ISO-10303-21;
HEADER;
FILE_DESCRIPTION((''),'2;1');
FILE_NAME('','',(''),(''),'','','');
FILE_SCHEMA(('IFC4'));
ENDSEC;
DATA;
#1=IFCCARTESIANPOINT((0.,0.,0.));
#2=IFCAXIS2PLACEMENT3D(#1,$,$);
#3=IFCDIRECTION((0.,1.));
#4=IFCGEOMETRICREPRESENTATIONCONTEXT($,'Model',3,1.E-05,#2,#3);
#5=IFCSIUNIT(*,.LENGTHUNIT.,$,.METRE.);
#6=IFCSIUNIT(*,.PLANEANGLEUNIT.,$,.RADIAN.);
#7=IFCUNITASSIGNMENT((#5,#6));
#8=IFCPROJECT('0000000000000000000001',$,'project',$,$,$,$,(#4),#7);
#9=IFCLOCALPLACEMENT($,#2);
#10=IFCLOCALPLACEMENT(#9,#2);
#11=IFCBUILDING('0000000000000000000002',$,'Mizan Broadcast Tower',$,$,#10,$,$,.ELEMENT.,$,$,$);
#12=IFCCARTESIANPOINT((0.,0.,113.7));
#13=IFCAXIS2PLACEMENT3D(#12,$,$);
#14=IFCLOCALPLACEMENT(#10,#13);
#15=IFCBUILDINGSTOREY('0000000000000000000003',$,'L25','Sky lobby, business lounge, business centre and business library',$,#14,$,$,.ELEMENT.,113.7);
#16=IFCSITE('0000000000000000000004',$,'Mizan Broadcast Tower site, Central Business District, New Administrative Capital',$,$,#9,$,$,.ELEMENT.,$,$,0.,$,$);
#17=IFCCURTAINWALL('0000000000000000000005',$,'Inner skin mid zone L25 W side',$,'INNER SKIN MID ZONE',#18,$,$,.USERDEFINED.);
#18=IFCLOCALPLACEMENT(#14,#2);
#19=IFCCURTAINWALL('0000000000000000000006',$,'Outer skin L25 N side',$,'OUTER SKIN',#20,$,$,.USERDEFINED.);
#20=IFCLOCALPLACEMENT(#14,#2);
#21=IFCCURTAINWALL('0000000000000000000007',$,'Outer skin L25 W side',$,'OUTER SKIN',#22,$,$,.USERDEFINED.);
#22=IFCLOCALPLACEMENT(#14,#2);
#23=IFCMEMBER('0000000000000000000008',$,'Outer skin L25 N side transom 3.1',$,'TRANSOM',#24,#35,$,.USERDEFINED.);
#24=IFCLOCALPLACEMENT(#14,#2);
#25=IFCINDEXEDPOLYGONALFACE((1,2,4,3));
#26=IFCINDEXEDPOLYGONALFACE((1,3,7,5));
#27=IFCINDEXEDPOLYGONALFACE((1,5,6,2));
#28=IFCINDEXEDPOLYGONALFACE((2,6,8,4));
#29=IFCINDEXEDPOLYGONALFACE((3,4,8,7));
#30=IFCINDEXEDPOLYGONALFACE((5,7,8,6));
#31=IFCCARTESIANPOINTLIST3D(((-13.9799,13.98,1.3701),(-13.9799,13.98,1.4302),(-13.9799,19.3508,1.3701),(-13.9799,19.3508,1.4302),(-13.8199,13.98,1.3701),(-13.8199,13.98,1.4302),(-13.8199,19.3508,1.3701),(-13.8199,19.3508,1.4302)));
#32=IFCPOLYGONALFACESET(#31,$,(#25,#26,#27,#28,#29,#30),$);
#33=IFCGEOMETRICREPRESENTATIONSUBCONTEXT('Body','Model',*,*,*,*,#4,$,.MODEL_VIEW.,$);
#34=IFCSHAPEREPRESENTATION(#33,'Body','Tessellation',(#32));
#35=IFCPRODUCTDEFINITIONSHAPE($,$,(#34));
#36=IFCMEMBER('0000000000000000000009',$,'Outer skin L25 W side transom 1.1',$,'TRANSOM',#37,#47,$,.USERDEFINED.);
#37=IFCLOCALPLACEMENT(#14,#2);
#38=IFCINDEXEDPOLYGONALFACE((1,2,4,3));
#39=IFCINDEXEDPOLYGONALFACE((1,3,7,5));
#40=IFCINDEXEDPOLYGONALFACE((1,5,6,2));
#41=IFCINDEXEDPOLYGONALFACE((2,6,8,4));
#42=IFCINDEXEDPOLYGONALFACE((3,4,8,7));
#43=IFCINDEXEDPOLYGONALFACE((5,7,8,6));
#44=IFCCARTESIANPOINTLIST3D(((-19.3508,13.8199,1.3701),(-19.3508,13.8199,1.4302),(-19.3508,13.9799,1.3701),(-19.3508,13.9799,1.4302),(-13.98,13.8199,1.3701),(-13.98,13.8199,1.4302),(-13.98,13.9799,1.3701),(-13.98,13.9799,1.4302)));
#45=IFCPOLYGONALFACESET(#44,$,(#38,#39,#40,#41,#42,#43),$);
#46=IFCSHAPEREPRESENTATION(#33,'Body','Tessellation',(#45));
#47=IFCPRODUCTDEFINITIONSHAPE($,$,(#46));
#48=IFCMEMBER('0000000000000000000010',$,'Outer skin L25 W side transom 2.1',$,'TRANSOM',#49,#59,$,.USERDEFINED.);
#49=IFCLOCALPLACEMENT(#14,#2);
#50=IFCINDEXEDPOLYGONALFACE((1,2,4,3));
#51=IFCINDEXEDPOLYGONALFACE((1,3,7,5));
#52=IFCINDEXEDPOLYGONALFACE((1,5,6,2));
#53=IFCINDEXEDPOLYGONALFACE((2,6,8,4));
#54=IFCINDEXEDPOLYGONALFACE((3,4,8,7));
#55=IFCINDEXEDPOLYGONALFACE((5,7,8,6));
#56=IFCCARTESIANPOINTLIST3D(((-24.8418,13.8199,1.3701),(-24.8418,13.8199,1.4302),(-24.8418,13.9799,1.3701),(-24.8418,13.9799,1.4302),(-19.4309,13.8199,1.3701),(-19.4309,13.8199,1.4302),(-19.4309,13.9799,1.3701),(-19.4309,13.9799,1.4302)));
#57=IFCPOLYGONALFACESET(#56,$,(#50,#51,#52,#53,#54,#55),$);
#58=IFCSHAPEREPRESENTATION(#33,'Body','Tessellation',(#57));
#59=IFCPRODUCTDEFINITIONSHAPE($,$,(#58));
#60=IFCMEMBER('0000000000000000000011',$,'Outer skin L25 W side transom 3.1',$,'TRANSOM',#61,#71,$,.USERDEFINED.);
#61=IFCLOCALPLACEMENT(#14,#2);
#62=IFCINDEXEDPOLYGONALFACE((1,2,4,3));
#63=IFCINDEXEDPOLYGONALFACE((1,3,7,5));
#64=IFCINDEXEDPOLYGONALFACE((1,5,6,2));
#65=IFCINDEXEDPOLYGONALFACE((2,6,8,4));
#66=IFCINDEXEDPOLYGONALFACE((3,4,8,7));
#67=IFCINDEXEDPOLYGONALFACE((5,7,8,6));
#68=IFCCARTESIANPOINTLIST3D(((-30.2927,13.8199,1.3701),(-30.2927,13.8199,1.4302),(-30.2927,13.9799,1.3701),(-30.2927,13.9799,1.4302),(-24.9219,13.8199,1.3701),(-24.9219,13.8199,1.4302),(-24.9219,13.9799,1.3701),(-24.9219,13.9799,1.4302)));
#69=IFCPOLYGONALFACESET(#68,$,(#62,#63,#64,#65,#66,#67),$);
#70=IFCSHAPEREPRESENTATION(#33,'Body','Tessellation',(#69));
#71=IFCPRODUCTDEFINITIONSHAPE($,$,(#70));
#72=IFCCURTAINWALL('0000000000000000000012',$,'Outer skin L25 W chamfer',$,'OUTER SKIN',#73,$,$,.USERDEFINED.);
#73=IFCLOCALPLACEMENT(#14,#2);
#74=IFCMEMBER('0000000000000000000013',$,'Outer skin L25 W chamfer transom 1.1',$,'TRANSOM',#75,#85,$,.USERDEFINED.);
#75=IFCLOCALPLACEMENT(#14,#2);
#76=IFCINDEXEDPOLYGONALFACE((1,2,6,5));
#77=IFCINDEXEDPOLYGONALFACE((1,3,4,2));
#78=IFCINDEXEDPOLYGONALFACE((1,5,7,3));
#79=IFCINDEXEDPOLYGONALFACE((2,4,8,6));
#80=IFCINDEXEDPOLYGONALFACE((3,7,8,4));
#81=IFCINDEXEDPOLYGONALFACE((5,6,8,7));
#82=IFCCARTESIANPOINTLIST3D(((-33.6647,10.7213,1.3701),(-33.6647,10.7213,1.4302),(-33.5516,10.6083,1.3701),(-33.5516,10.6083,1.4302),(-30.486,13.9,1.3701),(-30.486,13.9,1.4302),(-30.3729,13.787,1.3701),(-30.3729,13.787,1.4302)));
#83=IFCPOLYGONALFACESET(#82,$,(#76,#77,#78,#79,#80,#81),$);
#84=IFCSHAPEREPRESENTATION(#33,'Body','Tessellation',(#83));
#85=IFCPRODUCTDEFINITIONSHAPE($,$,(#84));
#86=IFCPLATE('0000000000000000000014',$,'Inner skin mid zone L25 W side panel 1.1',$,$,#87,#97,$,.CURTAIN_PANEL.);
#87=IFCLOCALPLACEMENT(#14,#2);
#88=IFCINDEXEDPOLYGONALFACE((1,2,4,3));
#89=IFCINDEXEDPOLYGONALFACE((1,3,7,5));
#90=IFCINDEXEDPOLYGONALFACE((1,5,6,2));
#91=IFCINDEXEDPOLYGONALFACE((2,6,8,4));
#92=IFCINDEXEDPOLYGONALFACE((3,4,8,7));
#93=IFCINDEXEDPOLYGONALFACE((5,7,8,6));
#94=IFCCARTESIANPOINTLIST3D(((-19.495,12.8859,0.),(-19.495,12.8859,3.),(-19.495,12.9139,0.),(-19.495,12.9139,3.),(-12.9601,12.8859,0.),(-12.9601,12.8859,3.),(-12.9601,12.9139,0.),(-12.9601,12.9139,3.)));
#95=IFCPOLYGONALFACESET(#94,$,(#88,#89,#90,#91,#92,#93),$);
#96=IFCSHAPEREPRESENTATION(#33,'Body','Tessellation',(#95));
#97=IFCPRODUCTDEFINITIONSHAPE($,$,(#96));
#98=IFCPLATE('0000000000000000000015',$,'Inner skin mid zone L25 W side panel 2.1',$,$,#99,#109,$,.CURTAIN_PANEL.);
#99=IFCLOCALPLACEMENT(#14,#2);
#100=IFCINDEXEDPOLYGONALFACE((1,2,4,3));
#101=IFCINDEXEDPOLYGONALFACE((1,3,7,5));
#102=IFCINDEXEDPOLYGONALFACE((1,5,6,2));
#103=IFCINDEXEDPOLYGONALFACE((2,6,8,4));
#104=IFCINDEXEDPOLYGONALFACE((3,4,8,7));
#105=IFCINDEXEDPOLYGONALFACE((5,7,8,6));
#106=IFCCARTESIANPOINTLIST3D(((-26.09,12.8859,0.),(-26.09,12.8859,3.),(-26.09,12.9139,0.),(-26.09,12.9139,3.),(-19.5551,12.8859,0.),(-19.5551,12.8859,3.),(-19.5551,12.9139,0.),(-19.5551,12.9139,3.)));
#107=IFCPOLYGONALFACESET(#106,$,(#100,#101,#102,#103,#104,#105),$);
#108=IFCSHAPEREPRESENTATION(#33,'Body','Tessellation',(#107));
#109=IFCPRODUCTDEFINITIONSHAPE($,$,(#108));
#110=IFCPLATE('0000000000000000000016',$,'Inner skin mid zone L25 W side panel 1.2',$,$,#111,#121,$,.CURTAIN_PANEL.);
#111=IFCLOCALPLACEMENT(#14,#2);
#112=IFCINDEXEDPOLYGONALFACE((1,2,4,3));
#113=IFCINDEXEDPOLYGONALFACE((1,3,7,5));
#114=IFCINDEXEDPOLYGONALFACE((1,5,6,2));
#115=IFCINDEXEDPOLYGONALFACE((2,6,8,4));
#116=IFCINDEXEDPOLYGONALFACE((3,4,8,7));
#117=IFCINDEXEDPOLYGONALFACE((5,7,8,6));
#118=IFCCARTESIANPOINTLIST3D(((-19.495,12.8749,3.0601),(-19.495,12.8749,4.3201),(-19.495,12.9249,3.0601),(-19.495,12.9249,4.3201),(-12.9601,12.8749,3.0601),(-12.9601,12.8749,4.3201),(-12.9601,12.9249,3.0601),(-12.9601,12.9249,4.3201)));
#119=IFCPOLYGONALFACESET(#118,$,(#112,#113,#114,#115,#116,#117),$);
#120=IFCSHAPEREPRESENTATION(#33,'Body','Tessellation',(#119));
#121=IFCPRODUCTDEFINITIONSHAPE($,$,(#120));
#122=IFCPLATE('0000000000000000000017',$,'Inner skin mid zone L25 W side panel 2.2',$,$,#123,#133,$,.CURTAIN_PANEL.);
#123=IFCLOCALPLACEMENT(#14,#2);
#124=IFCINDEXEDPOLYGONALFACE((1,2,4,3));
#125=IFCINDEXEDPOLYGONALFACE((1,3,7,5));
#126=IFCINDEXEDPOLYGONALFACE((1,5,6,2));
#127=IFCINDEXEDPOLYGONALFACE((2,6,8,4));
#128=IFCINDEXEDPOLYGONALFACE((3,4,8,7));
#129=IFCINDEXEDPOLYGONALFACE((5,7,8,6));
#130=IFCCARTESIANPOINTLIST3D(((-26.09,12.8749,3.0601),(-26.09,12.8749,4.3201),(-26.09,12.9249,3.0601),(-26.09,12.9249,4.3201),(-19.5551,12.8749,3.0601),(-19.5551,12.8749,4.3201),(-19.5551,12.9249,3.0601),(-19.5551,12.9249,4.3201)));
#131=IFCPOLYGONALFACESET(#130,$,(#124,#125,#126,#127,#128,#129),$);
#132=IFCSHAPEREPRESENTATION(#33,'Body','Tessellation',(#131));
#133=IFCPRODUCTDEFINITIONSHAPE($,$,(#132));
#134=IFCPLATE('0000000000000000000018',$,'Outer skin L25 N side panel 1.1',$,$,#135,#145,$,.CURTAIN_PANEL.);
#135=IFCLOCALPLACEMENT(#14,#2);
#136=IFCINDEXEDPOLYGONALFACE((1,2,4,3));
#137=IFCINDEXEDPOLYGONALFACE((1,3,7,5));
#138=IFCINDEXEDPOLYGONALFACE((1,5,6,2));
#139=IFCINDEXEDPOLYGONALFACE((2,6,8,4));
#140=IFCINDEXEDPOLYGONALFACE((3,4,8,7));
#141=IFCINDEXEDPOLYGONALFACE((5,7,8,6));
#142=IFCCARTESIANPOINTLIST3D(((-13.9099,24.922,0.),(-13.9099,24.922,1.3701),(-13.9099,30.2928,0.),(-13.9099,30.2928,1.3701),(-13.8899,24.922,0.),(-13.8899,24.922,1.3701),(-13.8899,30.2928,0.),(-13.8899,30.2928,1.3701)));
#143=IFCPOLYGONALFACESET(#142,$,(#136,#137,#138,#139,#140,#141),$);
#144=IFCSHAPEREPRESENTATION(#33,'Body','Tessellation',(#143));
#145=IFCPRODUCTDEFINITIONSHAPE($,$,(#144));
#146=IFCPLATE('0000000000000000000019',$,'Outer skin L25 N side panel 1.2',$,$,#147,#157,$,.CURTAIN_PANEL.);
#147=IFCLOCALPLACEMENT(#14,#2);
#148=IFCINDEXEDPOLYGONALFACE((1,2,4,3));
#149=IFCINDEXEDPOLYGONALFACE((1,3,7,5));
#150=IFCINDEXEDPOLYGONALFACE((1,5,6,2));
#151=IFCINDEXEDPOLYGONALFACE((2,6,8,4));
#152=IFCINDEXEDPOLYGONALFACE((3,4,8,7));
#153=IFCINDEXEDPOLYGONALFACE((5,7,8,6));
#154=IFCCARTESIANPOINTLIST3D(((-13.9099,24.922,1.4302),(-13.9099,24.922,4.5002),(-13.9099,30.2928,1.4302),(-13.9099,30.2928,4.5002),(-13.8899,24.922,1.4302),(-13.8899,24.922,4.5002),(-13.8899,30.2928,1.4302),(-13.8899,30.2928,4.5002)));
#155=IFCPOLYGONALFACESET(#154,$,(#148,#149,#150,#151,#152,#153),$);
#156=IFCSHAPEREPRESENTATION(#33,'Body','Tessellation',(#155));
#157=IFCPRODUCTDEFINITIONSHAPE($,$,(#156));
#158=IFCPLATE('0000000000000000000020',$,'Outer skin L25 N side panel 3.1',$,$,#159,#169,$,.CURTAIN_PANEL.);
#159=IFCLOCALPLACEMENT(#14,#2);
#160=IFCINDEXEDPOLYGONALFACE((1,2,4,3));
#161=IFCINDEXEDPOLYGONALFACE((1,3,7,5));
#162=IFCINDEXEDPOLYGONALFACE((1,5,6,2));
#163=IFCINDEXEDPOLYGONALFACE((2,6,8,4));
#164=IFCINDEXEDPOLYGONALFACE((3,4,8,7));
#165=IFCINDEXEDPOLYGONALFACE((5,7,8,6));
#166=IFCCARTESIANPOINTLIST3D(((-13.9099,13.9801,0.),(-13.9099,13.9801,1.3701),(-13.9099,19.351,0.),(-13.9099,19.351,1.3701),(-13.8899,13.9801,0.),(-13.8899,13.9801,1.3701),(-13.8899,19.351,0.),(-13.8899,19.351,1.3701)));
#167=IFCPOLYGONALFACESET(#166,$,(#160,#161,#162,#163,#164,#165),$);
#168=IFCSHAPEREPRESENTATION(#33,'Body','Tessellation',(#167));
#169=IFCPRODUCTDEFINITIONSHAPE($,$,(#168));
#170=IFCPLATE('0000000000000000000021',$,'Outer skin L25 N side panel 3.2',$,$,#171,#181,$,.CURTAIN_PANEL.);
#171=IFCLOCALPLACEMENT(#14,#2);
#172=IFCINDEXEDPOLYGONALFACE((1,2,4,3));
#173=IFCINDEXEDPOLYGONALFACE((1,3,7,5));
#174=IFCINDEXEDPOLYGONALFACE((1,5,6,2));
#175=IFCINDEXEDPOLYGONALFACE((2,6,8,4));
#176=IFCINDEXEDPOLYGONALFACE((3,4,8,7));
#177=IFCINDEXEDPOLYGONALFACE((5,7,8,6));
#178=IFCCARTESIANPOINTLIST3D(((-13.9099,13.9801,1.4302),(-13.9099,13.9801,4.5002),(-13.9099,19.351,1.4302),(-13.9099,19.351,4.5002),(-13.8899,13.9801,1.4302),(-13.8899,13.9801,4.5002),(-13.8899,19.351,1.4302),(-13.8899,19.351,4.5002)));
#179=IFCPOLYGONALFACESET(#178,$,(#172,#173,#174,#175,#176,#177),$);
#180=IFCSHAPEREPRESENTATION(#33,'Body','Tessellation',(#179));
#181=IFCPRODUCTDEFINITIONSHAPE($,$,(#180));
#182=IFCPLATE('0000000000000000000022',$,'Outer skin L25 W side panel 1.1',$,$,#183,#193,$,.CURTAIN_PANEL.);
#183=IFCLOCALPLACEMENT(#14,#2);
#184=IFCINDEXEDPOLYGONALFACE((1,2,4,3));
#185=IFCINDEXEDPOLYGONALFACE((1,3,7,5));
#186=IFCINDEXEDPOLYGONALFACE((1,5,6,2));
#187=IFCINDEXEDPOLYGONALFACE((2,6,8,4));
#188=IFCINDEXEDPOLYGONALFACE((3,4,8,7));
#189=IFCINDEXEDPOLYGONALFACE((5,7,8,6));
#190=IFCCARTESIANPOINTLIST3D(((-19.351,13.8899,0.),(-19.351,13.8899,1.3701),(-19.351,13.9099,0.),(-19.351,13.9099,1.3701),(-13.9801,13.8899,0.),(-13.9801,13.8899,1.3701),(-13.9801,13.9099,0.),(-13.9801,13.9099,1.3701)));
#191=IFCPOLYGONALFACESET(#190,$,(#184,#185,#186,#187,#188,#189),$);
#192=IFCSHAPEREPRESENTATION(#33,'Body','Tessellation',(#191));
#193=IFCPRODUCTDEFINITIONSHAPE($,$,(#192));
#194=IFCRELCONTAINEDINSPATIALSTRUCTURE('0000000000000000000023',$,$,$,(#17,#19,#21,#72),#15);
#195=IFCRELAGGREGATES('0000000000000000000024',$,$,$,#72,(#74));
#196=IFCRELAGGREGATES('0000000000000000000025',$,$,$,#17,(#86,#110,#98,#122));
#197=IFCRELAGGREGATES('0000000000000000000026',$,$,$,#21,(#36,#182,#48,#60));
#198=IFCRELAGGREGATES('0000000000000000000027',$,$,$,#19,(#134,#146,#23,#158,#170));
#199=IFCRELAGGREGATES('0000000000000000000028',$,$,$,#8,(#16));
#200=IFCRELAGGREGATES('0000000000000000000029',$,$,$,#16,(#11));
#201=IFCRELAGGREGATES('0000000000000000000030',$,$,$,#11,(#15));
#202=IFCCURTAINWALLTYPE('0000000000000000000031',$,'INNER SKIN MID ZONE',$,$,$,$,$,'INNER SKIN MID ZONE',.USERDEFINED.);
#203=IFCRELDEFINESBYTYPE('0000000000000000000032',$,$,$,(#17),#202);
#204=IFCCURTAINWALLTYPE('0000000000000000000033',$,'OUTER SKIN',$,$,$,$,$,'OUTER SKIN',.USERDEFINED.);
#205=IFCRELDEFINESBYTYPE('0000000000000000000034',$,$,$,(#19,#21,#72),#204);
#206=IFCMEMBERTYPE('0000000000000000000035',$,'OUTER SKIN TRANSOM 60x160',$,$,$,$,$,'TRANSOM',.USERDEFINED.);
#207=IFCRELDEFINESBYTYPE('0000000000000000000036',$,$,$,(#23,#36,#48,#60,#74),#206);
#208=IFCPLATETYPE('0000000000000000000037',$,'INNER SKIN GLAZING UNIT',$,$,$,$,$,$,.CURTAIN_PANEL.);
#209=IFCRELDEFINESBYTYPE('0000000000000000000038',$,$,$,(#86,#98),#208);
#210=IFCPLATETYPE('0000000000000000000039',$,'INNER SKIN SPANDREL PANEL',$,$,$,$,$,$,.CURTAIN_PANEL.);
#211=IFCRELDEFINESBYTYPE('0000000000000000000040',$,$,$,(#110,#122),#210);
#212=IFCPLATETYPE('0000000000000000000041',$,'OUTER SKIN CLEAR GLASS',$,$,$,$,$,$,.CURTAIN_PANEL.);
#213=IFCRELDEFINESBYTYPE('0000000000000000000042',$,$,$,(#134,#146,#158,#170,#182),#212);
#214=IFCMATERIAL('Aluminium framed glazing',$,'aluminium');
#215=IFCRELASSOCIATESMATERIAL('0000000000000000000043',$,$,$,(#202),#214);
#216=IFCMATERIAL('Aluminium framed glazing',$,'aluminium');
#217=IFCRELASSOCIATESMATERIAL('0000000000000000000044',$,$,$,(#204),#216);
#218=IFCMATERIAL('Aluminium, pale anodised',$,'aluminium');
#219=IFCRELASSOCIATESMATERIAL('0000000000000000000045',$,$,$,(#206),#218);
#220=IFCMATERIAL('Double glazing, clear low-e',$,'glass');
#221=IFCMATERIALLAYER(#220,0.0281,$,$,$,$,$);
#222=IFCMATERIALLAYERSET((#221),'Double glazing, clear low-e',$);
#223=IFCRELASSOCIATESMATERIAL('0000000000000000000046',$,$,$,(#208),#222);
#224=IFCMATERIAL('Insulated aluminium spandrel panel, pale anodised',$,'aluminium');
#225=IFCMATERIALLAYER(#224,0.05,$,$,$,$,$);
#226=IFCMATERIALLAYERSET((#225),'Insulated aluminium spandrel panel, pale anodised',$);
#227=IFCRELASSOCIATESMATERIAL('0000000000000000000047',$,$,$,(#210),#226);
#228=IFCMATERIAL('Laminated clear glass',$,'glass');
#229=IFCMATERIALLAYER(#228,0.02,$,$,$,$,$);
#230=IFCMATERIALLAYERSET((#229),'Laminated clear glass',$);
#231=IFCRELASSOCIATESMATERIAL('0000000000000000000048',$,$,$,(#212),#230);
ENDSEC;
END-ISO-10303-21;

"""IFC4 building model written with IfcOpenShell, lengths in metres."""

from ifc_helpers import new_model, si_unit, direction, frame, origin, origin_2d, place, context, subcontext, project, spatial, rectangle, extrude, material, layer, layer_set, material_profile, profile_set, type_object, element, aggregate, save


model = new_model("IFC4")

# Units and contexts
model_context = context("Model", 3, precision=1e-05, world=origin(), true_north=direction((0.0, 1.0)))
body_context = subcontext(model_context, "Body", "Model", "MODEL_VIEW")
ifc_project = project(units=[si_unit("LENGTHUNIT", "METRE"), si_unit("PLANEANGLEUNIT", "RADIAN")], contexts=[model_context])

# Site, building, storey
site_placement = place(None, origin())
site = spatial("IfcSite", under=ifc_project, at=site_placement, Name="Mizan Broadcast Tower site, Central Business District, New Administrative Capital", CompositionType="ELEMENT", RefElevation=0.0)
building_placement = place(site_placement, origin())
building = spatial("IfcBuilding", under=site, at=building_placement, Name="Mizan Broadcast Tower", CompositionType="ELEMENT")
storey_placement = place(building_placement, frame((0.0, 0.0, 113.7)))
storey = spatial("IfcBuildingStorey", under=building, at=storey_placement, Name="L25", Description="Sky lobby, business lounge, business centre and business library", CompositionType="ELEMENT", Elevation=113.7)

# Curtain wall
ifc_material_1 = material(Name="Aluminium framed glazing", Category="aluminium")
curtain_wall_type_1 = type_object("IfcCurtainWallType", Name="INNER SKIN MID ZONE", ElementType="INNER SKIN MID ZONE", PredefinedType="USERDEFINED", material=ifc_material_1)
curtain_wall_1_placement = place(storey_placement, origin())
curtain_wall_1 = element("IfcCurtainWall", 1, at=curtain_wall_1_placement, inside=storey, type_object=curtain_wall_type_1, Name="Inner skin mid zone L25 W side", ObjectType="INNER SKIN MID ZONE", PredefinedType="USERDEFINED")

# Shared definitions
ifc_material_2 = material(Name="Aluminium framed glazing", Category="aluminium")
curtain_wall_type_2 = type_object("IfcCurtainWallType", Name="OUTER SKIN", ElementType="OUTER SKIN", PredefinedType="USERDEFINED", material=ifc_material_2)

# Curtain walls
curtain_wall_2_placement = place(storey_placement, origin())
curtain_wall_2 = element("IfcCurtainWall", 2, at=curtain_wall_2_placement, inside=storey, type_object=curtain_wall_type_2, Name="Outer skin L25 N side", ObjectType="OUTER SKIN", PredefinedType="USERDEFINED")
curtain_wall_3_placement = place(storey_placement, origin())
curtain_wall_3 = element("IfcCurtainWall", 3, at=curtain_wall_3_placement, inside=storey, type_object=curtain_wall_type_2, Name="Outer skin L25 W side", ObjectType="OUTER SKIN", PredefinedType="USERDEFINED")

# Members
ifc_material_3 = material(Name="Aluminium, pale anodised", Category="aluminium")
ifc_material_profile_1 = material_profile(ifc_material_3, rectangle(XDim=0.1599, YDim=0.0601, at=origin_2d()), Name="TRANSOM 160x60")
ifc_profile_set_1 = profile_set([ifc_material_profile_1], Name="Aluminium, pale anodised")
member_type_1 = type_object("IfcMemberType", Name="OUTER SKIN TRANSOM 60x160", ElementType="TRANSOM", PredefinedType="USERDEFINED", material=ifc_profile_set_1)
member_1_placement = place(storey_placement, frame((-13.8999, 19.3508, 1.4001), z_axis=(0.0, -1.0, 0.0), x_axis=(1.0, 0.0, 0.0)))
member_1 = element("IfcMember", 4, at=member_1_placement, type_object=member_type_1, Name="Outer skin L25 N side transom 3.1", ObjectType="TRANSOM", PredefinedType="USERDEFINED", context=body_context, shape_type="SweptSolid", body=[
    extrude(rectangle(XDim=0.1599, YDim=0.0601, at=origin_2d()), origin(), (0.0, 0.0, 1.0), 5.3708),
])
member_2_placement = place(storey_placement, frame((-13.98, 13.8999, 1.4001), z_axis=(-1.0, 0.0, 0.0), x_axis=(0.0, -1.0, 0.0)))
member_2 = element("IfcMember", 5, at=member_2_placement, type_object=member_type_1, Name="Outer skin L25 W side transom 1.1", ObjectType="TRANSOM", PredefinedType="USERDEFINED", context=body_context, shape_type="SweptSolid", body=[
    extrude(rectangle(XDim=0.1599, YDim=0.0601, at=origin_2d()), origin(), (0.0, 0.0, 1.0), 5.3708),
])
member_3_placement = place(storey_placement, frame((-19.4309, 13.8999, 1.4001), z_axis=(-1.0, 0.0, 0.0), x_axis=(0.0, -1.0, 0.0)))
member_3 = element("IfcMember", 6, at=member_3_placement, type_object=member_type_1, Name="Outer skin L25 W side transom 2.1", ObjectType="TRANSOM", PredefinedType="USERDEFINED", context=body_context, shape_type="SweptSolid", body=[
    extrude(rectangle(XDim=0.1599, YDim=0.0601, at=origin_2d()), origin(), (0.0, 0.0, 1.0), 5.4109),
])
member_4_placement = place(storey_placement, frame((-24.9219, 13.8999, 1.4001), z_axis=(-1.0, 0.0, 0.0), x_axis=(0.0, -1.0, 0.0)))
member_4 = element("IfcMember", 7, at=member_4_placement, type_object=member_type_1, Name="Outer skin L25 W side transom 3.1", ObjectType="TRANSOM", PredefinedType="USERDEFINED", context=body_context, shape_type="SweptSolid", body=[
    extrude(rectangle(XDim=0.1599, YDim=0.0601, at=origin_2d()), origin(), (0.0, 0.0, 1.0), 5.3708),
])

# Curtain wall, member
curtain_wall_4_placement = place(storey_placement, origin())
curtain_wall_4 = element("IfcCurtainWall", 8, at=curtain_wall_4_placement, inside=storey, type_object=curtain_wall_type_2, Name="Outer skin L25 W chamfer", ObjectType="OUTER SKIN", PredefinedType="USERDEFINED")
member_5_placement = place(storey_placement, frame((-30.4294, 13.8435, 1.4001), z_axis=(-0.707107, -0.707107, 0.0), x_axis=(0.707107, -0.707107, 0.0)))
member_5 = element("IfcMember", 9, at=member_5_placement, type_object=member_type_1, Name="Outer skin L25 W chamfer transom 1.1", ObjectType="TRANSOM", PredefinedType="USERDEFINED", context=body_context, shape_type="SweptSolid", body=[
    extrude(rectangle(XDim=0.1599, YDim=0.0601, at=origin_2d()), origin(), (0.0, 0.0, 1.0), 4.4954),
])
aggregate(curtain_wall_4, [member_5])

# Plates
ifc_material_4 = material(Name="Double glazing, clear low-e", Category="glass")
ifc_layer_1 = layer(ifc_material_4, 0.0281)
ifc_layer_set_1 = layer_set([ifc_layer_1], Name="Double glazing, clear low-e")
plate_type_1 = type_object("IfcPlateType", Name="INNER SKIN GLAZING UNIT", PredefinedType="CURTAIN_PANEL", material=ifc_layer_set_1)
plate_1_placement = place(storey_placement, frame((-16.2275, 12.8999, 0.0), z_axis=(0.0, 0.0, 1.0), x_axis=(-1.0, 0.0, 0.0)))
plate_1 = element("IfcPlate", 10, at=plate_1_placement, type_object=plate_type_1, Name="Inner skin mid zone L25 W side panel 1.1", PredefinedType="CURTAIN_PANEL", context=body_context, shape_type="SweptSolid", body=[
    extrude(rectangle(XDim=6.5349, YDim=0.0281, at=origin_2d()), origin(), (0.0, 0.0, 1.0), 3.0),
])
plate_2_placement = place(storey_placement, frame((-22.8225, 12.8999, 0.0), z_axis=(0.0, 0.0, 1.0), x_axis=(-1.0, 0.0, 0.0)))
plate_2 = element("IfcPlate", 11, at=plate_2_placement, type_object=plate_type_1, Name="Inner skin mid zone L25 W side panel 2.1", PredefinedType="CURTAIN_PANEL", context=body_context, shape_type="SweptSolid", body=[
    extrude(rectangle(XDim=6.5349, YDim=0.0281, at=origin_2d()), origin(), (0.0, 0.0, 1.0), 3.0),
])
ifc_material_5 = material(Name="Insulated aluminium spandrel panel, pale anodised", Category="aluminium")
ifc_layer_2 = layer(ifc_material_5, 0.05)
ifc_layer_set_2 = layer_set([ifc_layer_2], Name="Insulated aluminium spandrel panel, pale anodised")
plate_type_2 = type_object("IfcPlateType", Name="INNER SKIN SPANDREL PANEL", PredefinedType="CURTAIN_PANEL", material=ifc_layer_set_2)
plate_3_placement = place(storey_placement, frame((-16.2275, 12.8999, 3.0601), z_axis=(0.0, 0.0, 1.0), x_axis=(-1.0, 0.0, 0.0)))
plate_3 = element("IfcPlate", 12, at=plate_3_placement, type_object=plate_type_2, Name="Inner skin mid zone L25 W side panel 1.2", PredefinedType="CURTAIN_PANEL", context=body_context, shape_type="SweptSolid", body=[
    extrude(rectangle(XDim=6.5349, YDim=0.05, at=origin_2d()), origin(), (0.0, 0.0, 1.0), 1.26),
])
plate_4_placement = place(storey_placement, frame((-22.8225, 12.8999, 3.0601), z_axis=(0.0, 0.0, 1.0), x_axis=(-1.0, 0.0, 0.0)))
plate_4 = element("IfcPlate", 13, at=plate_4_placement, type_object=plate_type_2, Name="Inner skin mid zone L25 W side panel 2.2", PredefinedType="CURTAIN_PANEL", context=body_context, shape_type="SweptSolid", body=[
    extrude(rectangle(XDim=6.5349, YDim=0.05, at=origin_2d()), origin(), (0.0, 0.0, 1.0), 1.26),
])
aggregate(curtain_wall_1, [plate_1, plate_3, plate_2, plate_4])
ifc_material_6 = material(Name="Laminated clear glass", Category="glass")
ifc_layer_3 = layer(ifc_material_6, 0.02)
ifc_layer_set_3 = layer_set([ifc_layer_3], Name="Laminated clear glass")
plate_type_3 = type_object("IfcPlateType", Name="OUTER SKIN CLEAR GLASS", PredefinedType="CURTAIN_PANEL", material=ifc_layer_set_3)
plate_5_placement = place(storey_placement, frame((-13.8999, 27.6074, 0.0), z_axis=(0.0, 0.0, 1.0), x_axis=(0.0, -1.0, 0.0)))
plate_5 = element("IfcPlate", 14, at=plate_5_placement, type_object=plate_type_3, Name="Outer skin L25 N side panel 1.1", PredefinedType="CURTAIN_PANEL", context=body_context, shape_type="SweptSolid", body=[
    extrude(rectangle(XDim=5.3708, YDim=0.02, at=origin_2d()), origin(), (0.0, 0.0, 1.0), 1.3701),
])
plate_6_placement = place(storey_placement, frame((-13.8999, 27.6074, 1.4302), z_axis=(0.0, 0.0, 1.0), x_axis=(0.0, -1.0, 0.0)))
plate_6 = element("IfcPlate", 15, at=plate_6_placement, type_object=plate_type_3, Name="Outer skin L25 N side panel 1.2", PredefinedType="CURTAIN_PANEL", context=body_context, shape_type="SweptSolid", body=[
    extrude(rectangle(XDim=5.3708, YDim=0.02, at=origin_2d()), origin(), (0.0, 0.0, 1.0), 3.0701),
])
plate_7_placement = place(storey_placement, frame((-13.8999, 16.6655, 0.0), z_axis=(0.0, 0.0, 1.0), x_axis=(0.0, -1.0, 0.0)))
plate_7 = element("IfcPlate", 16, at=plate_7_placement, type_object=plate_type_3, Name="Outer skin L25 N side panel 3.1", PredefinedType="CURTAIN_PANEL", context=body_context, shape_type="SweptSolid", body=[
    extrude(rectangle(XDim=5.3708, YDim=0.02, at=origin_2d()), origin(), (0.0, 0.0, 1.0), 1.3701),
])
plate_8_placement = place(storey_placement, frame((-13.8999, 16.6655, 1.4302), z_axis=(0.0, 0.0, 1.0), x_axis=(0.0, -1.0, 0.0)))
plate_8 = element("IfcPlate", 17, at=plate_8_placement, type_object=plate_type_3, Name="Outer skin L25 N side panel 3.2", PredefinedType="CURTAIN_PANEL", context=body_context, shape_type="SweptSolid", body=[
    extrude(rectangle(XDim=5.3708, YDim=0.02, at=origin_2d()), origin(), (0.0, 0.0, 1.0), 3.0701),
])
plate_9_placement = place(storey_placement, frame((-16.6655, 13.8999, 0.0), z_axis=(0.0, 0.0, 1.0), x_axis=(-1.0, 0.0, 0.0)))
plate_9 = element("IfcPlate", 18, at=plate_9_placement, type_object=plate_type_3, Name="Outer skin L25 W side panel 1.1", PredefinedType="CURTAIN_PANEL", context=body_context, shape_type="SweptSolid", body=[
    extrude(rectangle(XDim=5.3708, YDim=0.02, at=origin_2d()), origin(), (0.0, 0.0, 1.0), 1.3701),
])
aggregate(curtain_wall_3, [member_2, plate_9, member_3, member_4])
aggregate(curtain_wall_2, [plate_5, plate_6, member_1, plate_7, plate_8])

save(model, "model.ifc")
